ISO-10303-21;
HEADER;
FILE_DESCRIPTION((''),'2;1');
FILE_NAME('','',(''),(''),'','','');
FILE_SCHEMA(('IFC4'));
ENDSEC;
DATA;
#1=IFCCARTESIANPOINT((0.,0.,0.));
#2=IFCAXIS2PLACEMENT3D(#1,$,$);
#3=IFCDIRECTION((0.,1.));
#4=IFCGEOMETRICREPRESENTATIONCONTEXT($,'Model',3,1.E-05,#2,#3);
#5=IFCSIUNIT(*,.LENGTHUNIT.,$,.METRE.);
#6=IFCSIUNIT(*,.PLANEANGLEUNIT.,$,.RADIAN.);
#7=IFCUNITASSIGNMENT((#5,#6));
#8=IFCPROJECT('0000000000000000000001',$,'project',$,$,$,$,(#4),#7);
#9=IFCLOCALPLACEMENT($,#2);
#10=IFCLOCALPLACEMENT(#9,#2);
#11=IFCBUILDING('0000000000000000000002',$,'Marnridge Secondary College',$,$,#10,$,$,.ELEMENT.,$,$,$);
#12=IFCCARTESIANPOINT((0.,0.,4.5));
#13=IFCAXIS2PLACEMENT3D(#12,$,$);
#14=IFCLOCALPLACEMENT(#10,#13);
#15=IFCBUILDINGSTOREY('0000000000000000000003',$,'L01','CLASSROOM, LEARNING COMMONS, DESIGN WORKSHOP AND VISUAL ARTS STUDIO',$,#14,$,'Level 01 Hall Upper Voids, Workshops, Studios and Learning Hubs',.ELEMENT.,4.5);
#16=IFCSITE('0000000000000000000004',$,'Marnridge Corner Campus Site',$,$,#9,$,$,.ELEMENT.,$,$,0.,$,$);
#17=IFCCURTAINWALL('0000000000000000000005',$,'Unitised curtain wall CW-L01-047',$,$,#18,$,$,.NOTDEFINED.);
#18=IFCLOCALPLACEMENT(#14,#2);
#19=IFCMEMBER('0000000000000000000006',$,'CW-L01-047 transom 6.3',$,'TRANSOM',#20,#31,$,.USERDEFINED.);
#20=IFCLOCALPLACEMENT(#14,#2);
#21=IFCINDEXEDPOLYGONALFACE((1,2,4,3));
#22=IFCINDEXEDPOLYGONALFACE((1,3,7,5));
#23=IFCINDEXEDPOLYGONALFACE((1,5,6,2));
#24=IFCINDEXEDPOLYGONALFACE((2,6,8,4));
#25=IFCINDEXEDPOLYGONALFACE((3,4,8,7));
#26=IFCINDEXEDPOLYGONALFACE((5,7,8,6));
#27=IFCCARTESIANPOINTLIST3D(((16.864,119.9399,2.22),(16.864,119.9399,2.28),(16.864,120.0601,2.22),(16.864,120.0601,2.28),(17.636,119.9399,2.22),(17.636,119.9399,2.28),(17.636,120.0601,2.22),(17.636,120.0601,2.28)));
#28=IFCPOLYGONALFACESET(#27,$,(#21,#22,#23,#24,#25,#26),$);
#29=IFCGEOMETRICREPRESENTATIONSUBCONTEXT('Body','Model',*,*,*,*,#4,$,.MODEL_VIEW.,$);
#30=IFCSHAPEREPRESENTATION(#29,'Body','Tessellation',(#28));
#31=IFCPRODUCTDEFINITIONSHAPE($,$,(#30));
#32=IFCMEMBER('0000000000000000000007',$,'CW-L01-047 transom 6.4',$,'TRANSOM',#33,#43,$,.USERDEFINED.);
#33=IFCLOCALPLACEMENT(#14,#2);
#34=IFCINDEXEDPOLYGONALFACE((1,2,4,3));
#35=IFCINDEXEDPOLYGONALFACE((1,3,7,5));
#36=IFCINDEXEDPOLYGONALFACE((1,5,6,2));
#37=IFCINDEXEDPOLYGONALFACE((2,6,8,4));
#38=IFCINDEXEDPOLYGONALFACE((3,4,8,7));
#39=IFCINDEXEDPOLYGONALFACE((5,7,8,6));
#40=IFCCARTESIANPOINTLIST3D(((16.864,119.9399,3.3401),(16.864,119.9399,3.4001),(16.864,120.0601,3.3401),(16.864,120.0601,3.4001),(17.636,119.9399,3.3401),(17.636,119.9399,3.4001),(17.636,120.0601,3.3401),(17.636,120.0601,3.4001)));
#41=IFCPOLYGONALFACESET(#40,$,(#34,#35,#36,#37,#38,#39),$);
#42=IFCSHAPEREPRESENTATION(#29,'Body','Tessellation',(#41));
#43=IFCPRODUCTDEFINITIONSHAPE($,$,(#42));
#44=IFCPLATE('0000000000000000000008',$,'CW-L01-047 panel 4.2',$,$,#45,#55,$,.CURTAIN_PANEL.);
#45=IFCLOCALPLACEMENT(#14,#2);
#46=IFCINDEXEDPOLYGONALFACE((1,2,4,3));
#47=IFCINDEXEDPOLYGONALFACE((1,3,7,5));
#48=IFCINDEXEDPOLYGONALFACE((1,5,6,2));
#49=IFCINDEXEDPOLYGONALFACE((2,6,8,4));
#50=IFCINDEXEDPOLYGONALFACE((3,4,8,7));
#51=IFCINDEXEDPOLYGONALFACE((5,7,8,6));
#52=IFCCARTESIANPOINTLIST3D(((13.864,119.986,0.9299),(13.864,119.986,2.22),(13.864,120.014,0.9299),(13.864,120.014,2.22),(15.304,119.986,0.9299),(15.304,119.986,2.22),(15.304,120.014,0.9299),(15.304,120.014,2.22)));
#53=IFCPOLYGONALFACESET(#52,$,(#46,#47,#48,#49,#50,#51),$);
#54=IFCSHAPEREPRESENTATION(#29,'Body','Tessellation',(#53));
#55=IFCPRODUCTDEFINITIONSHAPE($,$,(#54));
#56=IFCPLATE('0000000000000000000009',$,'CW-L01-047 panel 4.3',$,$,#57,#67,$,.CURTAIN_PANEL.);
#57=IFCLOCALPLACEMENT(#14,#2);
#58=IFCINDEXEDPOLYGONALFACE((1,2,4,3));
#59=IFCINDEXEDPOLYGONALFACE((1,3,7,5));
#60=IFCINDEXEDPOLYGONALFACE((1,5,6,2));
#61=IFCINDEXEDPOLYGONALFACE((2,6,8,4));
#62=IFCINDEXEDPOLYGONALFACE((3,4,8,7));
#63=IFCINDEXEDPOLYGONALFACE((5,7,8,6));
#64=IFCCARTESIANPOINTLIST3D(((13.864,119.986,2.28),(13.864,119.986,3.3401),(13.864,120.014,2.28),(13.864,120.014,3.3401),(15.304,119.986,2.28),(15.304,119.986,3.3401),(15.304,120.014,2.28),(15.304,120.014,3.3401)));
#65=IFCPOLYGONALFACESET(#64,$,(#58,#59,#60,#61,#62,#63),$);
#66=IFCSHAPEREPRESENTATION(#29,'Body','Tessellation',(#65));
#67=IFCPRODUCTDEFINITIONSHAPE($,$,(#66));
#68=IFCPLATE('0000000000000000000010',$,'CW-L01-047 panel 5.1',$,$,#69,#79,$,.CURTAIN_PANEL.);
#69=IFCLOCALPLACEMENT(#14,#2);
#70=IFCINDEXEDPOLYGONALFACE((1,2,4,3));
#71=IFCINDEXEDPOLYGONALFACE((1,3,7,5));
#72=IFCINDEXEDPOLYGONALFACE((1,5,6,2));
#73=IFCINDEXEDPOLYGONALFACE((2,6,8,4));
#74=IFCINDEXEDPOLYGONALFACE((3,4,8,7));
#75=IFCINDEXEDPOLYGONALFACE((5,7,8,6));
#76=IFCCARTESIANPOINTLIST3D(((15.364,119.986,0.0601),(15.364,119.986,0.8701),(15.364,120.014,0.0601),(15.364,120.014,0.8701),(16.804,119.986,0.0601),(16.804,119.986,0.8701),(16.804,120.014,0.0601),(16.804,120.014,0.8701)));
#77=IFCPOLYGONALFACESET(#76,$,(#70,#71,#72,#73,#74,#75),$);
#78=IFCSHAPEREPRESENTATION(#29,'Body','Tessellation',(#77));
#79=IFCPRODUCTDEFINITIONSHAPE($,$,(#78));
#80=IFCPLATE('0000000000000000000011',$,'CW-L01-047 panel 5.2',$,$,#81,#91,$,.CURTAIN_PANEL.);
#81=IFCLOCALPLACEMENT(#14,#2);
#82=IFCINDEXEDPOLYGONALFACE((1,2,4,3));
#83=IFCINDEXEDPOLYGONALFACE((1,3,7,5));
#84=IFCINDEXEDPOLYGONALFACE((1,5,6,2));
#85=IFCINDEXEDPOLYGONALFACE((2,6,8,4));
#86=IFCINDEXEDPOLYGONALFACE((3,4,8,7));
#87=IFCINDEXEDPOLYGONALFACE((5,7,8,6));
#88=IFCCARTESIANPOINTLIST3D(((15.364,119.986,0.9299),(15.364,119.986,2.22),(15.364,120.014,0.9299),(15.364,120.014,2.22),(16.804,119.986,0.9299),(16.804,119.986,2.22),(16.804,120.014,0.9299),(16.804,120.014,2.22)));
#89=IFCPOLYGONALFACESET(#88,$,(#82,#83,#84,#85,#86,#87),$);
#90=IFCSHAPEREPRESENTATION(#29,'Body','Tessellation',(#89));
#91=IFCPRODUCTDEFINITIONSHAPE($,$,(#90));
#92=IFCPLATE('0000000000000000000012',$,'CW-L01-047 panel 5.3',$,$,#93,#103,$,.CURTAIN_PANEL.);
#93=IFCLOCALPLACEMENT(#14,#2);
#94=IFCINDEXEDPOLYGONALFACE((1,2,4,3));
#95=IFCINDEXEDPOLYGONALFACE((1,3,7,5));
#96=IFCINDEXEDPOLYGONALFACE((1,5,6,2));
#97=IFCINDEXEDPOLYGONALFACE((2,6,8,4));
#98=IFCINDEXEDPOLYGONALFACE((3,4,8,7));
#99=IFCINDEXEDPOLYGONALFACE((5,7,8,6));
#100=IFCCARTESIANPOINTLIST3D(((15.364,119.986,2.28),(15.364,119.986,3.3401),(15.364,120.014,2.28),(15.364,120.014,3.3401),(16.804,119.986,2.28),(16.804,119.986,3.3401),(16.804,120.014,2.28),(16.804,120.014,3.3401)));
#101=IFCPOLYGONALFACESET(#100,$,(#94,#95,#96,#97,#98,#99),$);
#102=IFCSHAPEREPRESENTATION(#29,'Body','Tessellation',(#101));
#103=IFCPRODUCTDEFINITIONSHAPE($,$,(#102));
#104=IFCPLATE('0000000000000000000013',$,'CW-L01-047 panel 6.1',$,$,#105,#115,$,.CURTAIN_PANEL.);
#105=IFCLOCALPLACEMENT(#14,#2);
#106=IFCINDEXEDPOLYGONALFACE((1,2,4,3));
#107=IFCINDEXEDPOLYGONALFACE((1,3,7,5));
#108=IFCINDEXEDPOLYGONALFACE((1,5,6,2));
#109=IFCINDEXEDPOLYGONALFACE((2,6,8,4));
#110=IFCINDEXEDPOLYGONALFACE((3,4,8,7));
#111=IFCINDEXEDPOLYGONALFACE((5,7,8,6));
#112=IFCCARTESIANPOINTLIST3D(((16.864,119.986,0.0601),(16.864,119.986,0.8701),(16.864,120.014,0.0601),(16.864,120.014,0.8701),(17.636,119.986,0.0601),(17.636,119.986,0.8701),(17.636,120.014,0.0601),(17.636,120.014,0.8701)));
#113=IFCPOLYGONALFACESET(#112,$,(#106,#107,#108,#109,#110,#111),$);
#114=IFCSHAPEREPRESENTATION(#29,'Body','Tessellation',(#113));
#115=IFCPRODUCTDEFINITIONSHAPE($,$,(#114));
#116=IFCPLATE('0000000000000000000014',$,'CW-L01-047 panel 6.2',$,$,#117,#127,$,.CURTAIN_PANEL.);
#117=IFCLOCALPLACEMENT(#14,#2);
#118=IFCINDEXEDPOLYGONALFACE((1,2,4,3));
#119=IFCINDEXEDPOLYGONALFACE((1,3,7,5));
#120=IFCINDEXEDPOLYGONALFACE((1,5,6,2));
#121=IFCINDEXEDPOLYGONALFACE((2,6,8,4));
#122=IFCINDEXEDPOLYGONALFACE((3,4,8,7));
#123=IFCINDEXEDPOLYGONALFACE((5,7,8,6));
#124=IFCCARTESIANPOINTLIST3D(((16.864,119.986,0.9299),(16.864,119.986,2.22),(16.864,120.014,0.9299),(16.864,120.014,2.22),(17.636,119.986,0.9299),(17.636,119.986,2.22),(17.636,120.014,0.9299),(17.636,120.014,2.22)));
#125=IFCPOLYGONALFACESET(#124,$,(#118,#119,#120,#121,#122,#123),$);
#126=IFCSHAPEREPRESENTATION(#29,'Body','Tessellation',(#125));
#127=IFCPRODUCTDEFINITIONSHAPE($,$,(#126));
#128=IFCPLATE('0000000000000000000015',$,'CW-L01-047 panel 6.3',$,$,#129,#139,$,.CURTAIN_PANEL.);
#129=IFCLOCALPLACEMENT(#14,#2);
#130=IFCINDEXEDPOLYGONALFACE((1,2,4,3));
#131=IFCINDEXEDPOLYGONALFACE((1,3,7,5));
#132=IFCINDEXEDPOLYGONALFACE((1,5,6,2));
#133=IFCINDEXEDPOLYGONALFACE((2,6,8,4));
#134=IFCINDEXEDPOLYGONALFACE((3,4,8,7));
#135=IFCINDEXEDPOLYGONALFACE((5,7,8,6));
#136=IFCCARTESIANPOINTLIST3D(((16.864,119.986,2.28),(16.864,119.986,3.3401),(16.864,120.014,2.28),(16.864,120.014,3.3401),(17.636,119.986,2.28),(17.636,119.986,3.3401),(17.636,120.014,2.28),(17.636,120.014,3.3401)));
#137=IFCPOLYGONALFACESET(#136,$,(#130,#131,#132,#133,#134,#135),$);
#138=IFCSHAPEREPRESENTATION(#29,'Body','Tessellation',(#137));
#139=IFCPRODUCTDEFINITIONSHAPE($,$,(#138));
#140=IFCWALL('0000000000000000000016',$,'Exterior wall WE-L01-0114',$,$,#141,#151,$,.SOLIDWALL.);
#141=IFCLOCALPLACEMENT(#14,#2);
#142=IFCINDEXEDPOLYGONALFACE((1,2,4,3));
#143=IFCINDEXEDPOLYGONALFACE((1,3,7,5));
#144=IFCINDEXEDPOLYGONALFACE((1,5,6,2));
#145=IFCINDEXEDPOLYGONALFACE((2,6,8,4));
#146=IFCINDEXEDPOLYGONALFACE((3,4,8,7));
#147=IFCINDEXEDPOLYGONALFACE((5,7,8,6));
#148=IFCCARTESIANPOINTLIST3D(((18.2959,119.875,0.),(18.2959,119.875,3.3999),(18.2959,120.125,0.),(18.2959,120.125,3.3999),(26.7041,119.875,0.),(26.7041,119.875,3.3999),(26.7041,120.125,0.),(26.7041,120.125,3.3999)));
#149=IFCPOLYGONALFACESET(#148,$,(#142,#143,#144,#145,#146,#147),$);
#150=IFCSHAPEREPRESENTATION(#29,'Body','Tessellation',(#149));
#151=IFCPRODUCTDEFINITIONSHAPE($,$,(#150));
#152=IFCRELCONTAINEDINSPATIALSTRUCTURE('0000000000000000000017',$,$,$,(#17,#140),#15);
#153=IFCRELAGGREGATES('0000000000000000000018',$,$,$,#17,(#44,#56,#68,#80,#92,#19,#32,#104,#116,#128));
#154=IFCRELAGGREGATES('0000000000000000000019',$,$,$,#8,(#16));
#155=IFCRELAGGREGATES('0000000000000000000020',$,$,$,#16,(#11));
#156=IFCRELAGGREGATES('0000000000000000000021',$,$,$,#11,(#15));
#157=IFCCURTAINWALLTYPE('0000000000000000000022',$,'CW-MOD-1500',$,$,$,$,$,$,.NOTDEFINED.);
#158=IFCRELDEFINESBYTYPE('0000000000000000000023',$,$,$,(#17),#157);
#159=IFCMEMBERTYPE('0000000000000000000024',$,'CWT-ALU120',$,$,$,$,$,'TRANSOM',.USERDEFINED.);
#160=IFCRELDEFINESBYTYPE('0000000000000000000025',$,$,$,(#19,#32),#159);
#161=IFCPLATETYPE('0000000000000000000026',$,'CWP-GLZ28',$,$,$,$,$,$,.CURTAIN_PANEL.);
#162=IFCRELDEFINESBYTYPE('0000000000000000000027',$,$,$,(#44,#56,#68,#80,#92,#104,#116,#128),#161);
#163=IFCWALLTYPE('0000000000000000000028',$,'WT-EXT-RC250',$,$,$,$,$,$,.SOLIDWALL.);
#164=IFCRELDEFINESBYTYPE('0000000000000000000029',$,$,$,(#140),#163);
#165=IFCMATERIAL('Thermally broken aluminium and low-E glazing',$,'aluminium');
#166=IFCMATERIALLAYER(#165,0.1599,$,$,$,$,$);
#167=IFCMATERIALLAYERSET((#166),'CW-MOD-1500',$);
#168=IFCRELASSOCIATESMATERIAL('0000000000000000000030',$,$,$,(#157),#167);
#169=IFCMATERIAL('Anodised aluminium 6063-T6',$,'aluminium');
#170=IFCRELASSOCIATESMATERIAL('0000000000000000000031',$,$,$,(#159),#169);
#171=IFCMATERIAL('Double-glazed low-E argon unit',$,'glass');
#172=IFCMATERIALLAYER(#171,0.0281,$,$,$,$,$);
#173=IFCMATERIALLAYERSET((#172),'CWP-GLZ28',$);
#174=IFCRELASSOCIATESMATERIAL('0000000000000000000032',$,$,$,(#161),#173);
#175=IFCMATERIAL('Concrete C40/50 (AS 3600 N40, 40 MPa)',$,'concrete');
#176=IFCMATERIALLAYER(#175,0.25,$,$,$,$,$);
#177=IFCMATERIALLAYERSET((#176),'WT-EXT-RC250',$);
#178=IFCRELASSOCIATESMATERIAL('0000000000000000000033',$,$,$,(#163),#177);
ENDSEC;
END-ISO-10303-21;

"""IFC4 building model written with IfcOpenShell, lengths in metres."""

from ifc_helpers import new_model, si_unit, direction, frame, frame_2d, origin, origin_2d, place, context, subcontext, project, spatial, rectangle, extrude, material, layer, layer_set, material_profile, profile_set, type_object, element, aggregate, save


model = new_model("IFC4")

# Units and contexts
model_context = context("Model", 3, precision=1e-05, world=origin(), true_north=direction((0.0, 1.0)))
body_context = subcontext(model_context, "Body", "Model", "MODEL_VIEW")
ifc_project = project(units=[si_unit("LENGTHUNIT", "METRE"), si_unit("PLANEANGLEUNIT", "RADIAN")], contexts=[model_context])

# Site, building, storey
site_placement = place(None, origin())
site = spatial("IfcSite", under=ifc_project, at=site_placement, Name="Marnridge Corner Campus Site", CompositionType="ELEMENT", RefElevation=0.0)
building_placement = place(site_placement, origin())
building = spatial("IfcBuilding", under=site, at=building_placement, Name="Marnridge Secondary College", CompositionType="ELEMENT")
storey_placement = place(building_placement, frame((0.0, 0.0, 4.5)))
storey = spatial("IfcBuildingStorey", under=building, at=storey_placement, Name="L01", Description="CLASSROOM, LEARNING COMMONS, DESIGN WORKSHOP AND VISUAL ARTS STUDIO", LongName="Level 01 Hall Upper Voids, Workshops, Studios and Learning Hubs", CompositionType="ELEMENT", Elevation=4.5)

# Curtain wall, members, plates
ifc_material_1 = material(Name="Thermally broken aluminium and low-E glazing", Category="aluminium")
ifc_layer_1 = layer(ifc_material_1, 0.1599)
ifc_layer_set_1 = layer_set([ifc_layer_1], Name="CW-MOD-1500")
curtain_wall_type = type_object("IfcCurtainWallType", Name="CW-MOD-1500", PredefinedType="NOTDEFINED", material=ifc_layer_set_1)
curtain_wall_placement = place(storey_placement, origin())
curtain_wall = element("IfcCurtainWall", 1, at=curtain_wall_placement, inside=storey, type_object=curtain_wall_type, Name="Unitised curtain wall CW-L01-047", PredefinedType="NOTDEFINED")
ifc_material_2 = material(Name="Anodised aluminium 6063-T6", Category="aluminium")
ifc_material_profile_1 = material_profile(ifc_material_2, rectangle(XDim=0.0601, YDim=0.1201, at=origin_2d()), Name="ALU 60x120")
ifc_profile_set_1 = profile_set([ifc_material_profile_1], Name="Anodised aluminium 6063-T6")
member_type_1 = type_object("IfcMemberType", Name="CWT-ALU120", ElementType="TRANSOM", PredefinedType="USERDEFINED", material=ifc_profile_set_1)
member_1_placement = place(storey_placement, frame((16.864, 120.0, 2.25), z_axis=(1.0, 0.0, 0.0), x_axis=(0.0, 0.0, 1.0)))
member_1 = element("IfcMember", 2, at=member_1_placement, type_object=member_type_1, Name="CW-L01-047 transom 6.3", ObjectType="TRANSOM", PredefinedType="USERDEFINED", context=body_context, shape_type="SweptSolid", body=[
    extrude(rectangle(XDim=0.0601, YDim=0.1201, at=origin_2d()), origin(), (0.0, 0.0, 1.0), 0.772),
])
member_2_placement = place(storey_placement, frame((16.864, 120.0, 3.3701), z_axis=(1.0, 0.0, 0.0), x_axis=(0.0, 0.0, 1.0)))
member_2 = element("IfcMember", 3, at=member_2_placement, type_object=member_type_1, Name="CW-L01-047 transom 6.4", ObjectType="TRANSOM", PredefinedType="USERDEFINED", context=body_context, shape_type="SweptSolid", body=[
    extrude(rectangle(XDim=0.0601, YDim=0.1201, at=origin_2d()), origin(), (0.0, 0.0, 1.0), 0.772),
])
ifc_material_3 = material(Name="Double-glazed low-E argon unit", Category="glass")
ifc_layer_2 = layer(ifc_material_3, 0.0281)
ifc_layer_set_2 = layer_set([ifc_layer_2], Name="CWP-GLZ28")
plate_type = type_object("IfcPlateType", Name="CWP-GLZ28", PredefinedType="CURTAIN_PANEL", material=ifc_layer_set_2)
plate_1_placement = place(storey_placement, frame((14.584, 120.0, 0.9299), z_axis=(0.0, 0.0, 1.0), x_axis=(1.0, 0.0, 0.0)))
plate_1 = element("IfcPlate", 4, at=plate_1_placement, type_object=plate_type, Name="CW-L01-047 panel 4.2", PredefinedType="CURTAIN_PANEL", context=body_context, shape_type="SweptSolid", body=[
    extrude(rectangle(XDim=1.4399, YDim=0.0281, at=origin_2d()), origin(), (0.0, 0.0, 1.0), 1.29),
])
plate_2_placement = place(storey_placement, frame((14.584, 120.0, 2.28), z_axis=(0.0, 0.0, 1.0), x_axis=(1.0, 0.0, 0.0)))
plate_2 = element("IfcPlate", 5, at=plate_2_placement, type_object=plate_type, Name="CW-L01-047 panel 4.3", PredefinedType="CURTAIN_PANEL", context=body_context, shape_type="SweptSolid", body=[
    extrude(rectangle(XDim=1.4399, YDim=0.0281, at=origin_2d()), origin(), (0.0, 0.0, 1.0), 1.0601),
])
plate_3_placement = place(storey_placement, frame((16.084, 120.0, 0.0601), z_axis=(0.0, 0.0, 1.0), x_axis=(1.0, 0.0, 0.0)))
plate_3 = element("IfcPlate", 6, at=plate_3_placement, type_object=plate_type, Name="CW-L01-047 panel 5.1", PredefinedType="CURTAIN_PANEL", context=body_context, shape_type="SweptSolid", body=[
    extrude(rectangle(XDim=1.4399, YDim=0.0281, at=origin_2d()), origin(), (0.0, 0.0, 1.0), 0.8101),
])
plate_4_placement = place(storey_placement, frame((16.084, 120.0, 0.9299), z_axis=(0.0, 0.0, 1.0), x_axis=(1.0, 0.0, 0.0)))
plate_4 = element("IfcPlate", 7, at=plate_4_placement, type_object=plate_type, Name="CW-L01-047 panel 5.2", PredefinedType="CURTAIN_PANEL", context=body_context, shape_type="SweptSolid", body=[
    extrude(rectangle(XDim=1.4399, YDim=0.0281, at=origin_2d()), origin(), (0.0, 0.0, 1.0), 1.29),
])
plate_5_placement = place(storey_placement, frame((16.084, 120.0, 2.28), z_axis=(0.0, 0.0, 1.0), x_axis=(1.0, 0.0, 0.0)))
plate_5 = element("IfcPlate", 8, at=plate_5_placement, type_object=plate_type, Name="CW-L01-047 panel 5.3", PredefinedType="CURTAIN_PANEL", context=body_context, shape_type="SweptSolid", body=[
    extrude(rectangle(XDim=1.4399, YDim=0.0281, at=origin_2d()), origin(), (0.0, 0.0, 1.0), 1.0601),
])
plate_6_placement = place(storey_placement, frame((17.25, 120.0, 0.0601), z_axis=(0.0, 0.0, 1.0), x_axis=(1.0, 0.0, 0.0)))
plate_6 = element("IfcPlate", 9, at=plate_6_placement, type_object=plate_type, Name="CW-L01-047 panel 6.1", PredefinedType="CURTAIN_PANEL", context=body_context, shape_type="SweptSolid", body=[
    extrude(rectangle(XDim=0.772, YDim=0.0281, at=origin_2d()), origin(), (0.0, 0.0, 1.0), 0.8101),
])
plate_7_placement = place(storey_placement, frame((17.25, 120.0, 0.9299), z_axis=(0.0, 0.0, 1.0), x_axis=(1.0, 0.0, 0.0)))
plate_7 = element("IfcPlate", 10, at=plate_7_placement, type_object=plate_type, Name="CW-L01-047 panel 6.2", PredefinedType="CURTAIN_PANEL", context=body_context, shape_type="SweptSolid", body=[
    extrude(rectangle(XDim=0.772, YDim=0.0281, at=origin_2d()), origin(), (0.0, 0.0, 1.0), 1.29),
])
plate_8_placement = place(storey_placement, frame((17.25, 120.0, 2.28), z_axis=(0.0, 0.0, 1.0), x_axis=(1.0, 0.0, 0.0)))
plate_8 = element("IfcPlate", 11, at=plate_8_placement, type_object=plate_type, Name="CW-L01-047 panel 6.3", PredefinedType="CURTAIN_PANEL", context=body_context, shape_type="SweptSolid", body=[
    extrude(rectangle(XDim=0.772, YDim=0.0281, at=origin_2d()), origin(), (0.0, 0.0, 1.0), 1.0601),
])
aggregate(curtain_wall, [plate_1, plate_2, plate_3, plate_4, plate_5, member_1, member_2, plate_6, plate_7, plate_8])

# Wall
ifc_material_4 = material(Name="Concrete C40/50 (AS 3600 N40, 40 MPa)", Category="concrete")
ifc_layer_3 = layer(ifc_material_4, 0.25)
ifc_layer_set_3 = layer_set([ifc_layer_3], Name="WT-EXT-RC250")
wall_type = type_object("IfcWallType", Name="WT-EXT-RC250", PredefinedType="SOLIDWALL", material=ifc_layer_set_3)
wall_placement = place(storey_placement, frame((18.2959, 120.0, 0.0), z_axis=(0.0, 0.0, 1.0), x_axis=(1.0, 0.0, 0.0)))
element("IfcWall", 12, at=wall_placement, inside=storey, type_object=wall_type, Name="Exterior wall WE-L01-0114", PredefinedType="SOLIDWALL", context=body_context, shape_type="SweptSolid", body=[
    extrude(rectangle(XDim=8.4082, YDim=0.25, at=frame_2d((4.2041, 0.0))), origin(), (0.0, 0.0, 1.0), 3.3999),
])

save(model, "model.ifc")
